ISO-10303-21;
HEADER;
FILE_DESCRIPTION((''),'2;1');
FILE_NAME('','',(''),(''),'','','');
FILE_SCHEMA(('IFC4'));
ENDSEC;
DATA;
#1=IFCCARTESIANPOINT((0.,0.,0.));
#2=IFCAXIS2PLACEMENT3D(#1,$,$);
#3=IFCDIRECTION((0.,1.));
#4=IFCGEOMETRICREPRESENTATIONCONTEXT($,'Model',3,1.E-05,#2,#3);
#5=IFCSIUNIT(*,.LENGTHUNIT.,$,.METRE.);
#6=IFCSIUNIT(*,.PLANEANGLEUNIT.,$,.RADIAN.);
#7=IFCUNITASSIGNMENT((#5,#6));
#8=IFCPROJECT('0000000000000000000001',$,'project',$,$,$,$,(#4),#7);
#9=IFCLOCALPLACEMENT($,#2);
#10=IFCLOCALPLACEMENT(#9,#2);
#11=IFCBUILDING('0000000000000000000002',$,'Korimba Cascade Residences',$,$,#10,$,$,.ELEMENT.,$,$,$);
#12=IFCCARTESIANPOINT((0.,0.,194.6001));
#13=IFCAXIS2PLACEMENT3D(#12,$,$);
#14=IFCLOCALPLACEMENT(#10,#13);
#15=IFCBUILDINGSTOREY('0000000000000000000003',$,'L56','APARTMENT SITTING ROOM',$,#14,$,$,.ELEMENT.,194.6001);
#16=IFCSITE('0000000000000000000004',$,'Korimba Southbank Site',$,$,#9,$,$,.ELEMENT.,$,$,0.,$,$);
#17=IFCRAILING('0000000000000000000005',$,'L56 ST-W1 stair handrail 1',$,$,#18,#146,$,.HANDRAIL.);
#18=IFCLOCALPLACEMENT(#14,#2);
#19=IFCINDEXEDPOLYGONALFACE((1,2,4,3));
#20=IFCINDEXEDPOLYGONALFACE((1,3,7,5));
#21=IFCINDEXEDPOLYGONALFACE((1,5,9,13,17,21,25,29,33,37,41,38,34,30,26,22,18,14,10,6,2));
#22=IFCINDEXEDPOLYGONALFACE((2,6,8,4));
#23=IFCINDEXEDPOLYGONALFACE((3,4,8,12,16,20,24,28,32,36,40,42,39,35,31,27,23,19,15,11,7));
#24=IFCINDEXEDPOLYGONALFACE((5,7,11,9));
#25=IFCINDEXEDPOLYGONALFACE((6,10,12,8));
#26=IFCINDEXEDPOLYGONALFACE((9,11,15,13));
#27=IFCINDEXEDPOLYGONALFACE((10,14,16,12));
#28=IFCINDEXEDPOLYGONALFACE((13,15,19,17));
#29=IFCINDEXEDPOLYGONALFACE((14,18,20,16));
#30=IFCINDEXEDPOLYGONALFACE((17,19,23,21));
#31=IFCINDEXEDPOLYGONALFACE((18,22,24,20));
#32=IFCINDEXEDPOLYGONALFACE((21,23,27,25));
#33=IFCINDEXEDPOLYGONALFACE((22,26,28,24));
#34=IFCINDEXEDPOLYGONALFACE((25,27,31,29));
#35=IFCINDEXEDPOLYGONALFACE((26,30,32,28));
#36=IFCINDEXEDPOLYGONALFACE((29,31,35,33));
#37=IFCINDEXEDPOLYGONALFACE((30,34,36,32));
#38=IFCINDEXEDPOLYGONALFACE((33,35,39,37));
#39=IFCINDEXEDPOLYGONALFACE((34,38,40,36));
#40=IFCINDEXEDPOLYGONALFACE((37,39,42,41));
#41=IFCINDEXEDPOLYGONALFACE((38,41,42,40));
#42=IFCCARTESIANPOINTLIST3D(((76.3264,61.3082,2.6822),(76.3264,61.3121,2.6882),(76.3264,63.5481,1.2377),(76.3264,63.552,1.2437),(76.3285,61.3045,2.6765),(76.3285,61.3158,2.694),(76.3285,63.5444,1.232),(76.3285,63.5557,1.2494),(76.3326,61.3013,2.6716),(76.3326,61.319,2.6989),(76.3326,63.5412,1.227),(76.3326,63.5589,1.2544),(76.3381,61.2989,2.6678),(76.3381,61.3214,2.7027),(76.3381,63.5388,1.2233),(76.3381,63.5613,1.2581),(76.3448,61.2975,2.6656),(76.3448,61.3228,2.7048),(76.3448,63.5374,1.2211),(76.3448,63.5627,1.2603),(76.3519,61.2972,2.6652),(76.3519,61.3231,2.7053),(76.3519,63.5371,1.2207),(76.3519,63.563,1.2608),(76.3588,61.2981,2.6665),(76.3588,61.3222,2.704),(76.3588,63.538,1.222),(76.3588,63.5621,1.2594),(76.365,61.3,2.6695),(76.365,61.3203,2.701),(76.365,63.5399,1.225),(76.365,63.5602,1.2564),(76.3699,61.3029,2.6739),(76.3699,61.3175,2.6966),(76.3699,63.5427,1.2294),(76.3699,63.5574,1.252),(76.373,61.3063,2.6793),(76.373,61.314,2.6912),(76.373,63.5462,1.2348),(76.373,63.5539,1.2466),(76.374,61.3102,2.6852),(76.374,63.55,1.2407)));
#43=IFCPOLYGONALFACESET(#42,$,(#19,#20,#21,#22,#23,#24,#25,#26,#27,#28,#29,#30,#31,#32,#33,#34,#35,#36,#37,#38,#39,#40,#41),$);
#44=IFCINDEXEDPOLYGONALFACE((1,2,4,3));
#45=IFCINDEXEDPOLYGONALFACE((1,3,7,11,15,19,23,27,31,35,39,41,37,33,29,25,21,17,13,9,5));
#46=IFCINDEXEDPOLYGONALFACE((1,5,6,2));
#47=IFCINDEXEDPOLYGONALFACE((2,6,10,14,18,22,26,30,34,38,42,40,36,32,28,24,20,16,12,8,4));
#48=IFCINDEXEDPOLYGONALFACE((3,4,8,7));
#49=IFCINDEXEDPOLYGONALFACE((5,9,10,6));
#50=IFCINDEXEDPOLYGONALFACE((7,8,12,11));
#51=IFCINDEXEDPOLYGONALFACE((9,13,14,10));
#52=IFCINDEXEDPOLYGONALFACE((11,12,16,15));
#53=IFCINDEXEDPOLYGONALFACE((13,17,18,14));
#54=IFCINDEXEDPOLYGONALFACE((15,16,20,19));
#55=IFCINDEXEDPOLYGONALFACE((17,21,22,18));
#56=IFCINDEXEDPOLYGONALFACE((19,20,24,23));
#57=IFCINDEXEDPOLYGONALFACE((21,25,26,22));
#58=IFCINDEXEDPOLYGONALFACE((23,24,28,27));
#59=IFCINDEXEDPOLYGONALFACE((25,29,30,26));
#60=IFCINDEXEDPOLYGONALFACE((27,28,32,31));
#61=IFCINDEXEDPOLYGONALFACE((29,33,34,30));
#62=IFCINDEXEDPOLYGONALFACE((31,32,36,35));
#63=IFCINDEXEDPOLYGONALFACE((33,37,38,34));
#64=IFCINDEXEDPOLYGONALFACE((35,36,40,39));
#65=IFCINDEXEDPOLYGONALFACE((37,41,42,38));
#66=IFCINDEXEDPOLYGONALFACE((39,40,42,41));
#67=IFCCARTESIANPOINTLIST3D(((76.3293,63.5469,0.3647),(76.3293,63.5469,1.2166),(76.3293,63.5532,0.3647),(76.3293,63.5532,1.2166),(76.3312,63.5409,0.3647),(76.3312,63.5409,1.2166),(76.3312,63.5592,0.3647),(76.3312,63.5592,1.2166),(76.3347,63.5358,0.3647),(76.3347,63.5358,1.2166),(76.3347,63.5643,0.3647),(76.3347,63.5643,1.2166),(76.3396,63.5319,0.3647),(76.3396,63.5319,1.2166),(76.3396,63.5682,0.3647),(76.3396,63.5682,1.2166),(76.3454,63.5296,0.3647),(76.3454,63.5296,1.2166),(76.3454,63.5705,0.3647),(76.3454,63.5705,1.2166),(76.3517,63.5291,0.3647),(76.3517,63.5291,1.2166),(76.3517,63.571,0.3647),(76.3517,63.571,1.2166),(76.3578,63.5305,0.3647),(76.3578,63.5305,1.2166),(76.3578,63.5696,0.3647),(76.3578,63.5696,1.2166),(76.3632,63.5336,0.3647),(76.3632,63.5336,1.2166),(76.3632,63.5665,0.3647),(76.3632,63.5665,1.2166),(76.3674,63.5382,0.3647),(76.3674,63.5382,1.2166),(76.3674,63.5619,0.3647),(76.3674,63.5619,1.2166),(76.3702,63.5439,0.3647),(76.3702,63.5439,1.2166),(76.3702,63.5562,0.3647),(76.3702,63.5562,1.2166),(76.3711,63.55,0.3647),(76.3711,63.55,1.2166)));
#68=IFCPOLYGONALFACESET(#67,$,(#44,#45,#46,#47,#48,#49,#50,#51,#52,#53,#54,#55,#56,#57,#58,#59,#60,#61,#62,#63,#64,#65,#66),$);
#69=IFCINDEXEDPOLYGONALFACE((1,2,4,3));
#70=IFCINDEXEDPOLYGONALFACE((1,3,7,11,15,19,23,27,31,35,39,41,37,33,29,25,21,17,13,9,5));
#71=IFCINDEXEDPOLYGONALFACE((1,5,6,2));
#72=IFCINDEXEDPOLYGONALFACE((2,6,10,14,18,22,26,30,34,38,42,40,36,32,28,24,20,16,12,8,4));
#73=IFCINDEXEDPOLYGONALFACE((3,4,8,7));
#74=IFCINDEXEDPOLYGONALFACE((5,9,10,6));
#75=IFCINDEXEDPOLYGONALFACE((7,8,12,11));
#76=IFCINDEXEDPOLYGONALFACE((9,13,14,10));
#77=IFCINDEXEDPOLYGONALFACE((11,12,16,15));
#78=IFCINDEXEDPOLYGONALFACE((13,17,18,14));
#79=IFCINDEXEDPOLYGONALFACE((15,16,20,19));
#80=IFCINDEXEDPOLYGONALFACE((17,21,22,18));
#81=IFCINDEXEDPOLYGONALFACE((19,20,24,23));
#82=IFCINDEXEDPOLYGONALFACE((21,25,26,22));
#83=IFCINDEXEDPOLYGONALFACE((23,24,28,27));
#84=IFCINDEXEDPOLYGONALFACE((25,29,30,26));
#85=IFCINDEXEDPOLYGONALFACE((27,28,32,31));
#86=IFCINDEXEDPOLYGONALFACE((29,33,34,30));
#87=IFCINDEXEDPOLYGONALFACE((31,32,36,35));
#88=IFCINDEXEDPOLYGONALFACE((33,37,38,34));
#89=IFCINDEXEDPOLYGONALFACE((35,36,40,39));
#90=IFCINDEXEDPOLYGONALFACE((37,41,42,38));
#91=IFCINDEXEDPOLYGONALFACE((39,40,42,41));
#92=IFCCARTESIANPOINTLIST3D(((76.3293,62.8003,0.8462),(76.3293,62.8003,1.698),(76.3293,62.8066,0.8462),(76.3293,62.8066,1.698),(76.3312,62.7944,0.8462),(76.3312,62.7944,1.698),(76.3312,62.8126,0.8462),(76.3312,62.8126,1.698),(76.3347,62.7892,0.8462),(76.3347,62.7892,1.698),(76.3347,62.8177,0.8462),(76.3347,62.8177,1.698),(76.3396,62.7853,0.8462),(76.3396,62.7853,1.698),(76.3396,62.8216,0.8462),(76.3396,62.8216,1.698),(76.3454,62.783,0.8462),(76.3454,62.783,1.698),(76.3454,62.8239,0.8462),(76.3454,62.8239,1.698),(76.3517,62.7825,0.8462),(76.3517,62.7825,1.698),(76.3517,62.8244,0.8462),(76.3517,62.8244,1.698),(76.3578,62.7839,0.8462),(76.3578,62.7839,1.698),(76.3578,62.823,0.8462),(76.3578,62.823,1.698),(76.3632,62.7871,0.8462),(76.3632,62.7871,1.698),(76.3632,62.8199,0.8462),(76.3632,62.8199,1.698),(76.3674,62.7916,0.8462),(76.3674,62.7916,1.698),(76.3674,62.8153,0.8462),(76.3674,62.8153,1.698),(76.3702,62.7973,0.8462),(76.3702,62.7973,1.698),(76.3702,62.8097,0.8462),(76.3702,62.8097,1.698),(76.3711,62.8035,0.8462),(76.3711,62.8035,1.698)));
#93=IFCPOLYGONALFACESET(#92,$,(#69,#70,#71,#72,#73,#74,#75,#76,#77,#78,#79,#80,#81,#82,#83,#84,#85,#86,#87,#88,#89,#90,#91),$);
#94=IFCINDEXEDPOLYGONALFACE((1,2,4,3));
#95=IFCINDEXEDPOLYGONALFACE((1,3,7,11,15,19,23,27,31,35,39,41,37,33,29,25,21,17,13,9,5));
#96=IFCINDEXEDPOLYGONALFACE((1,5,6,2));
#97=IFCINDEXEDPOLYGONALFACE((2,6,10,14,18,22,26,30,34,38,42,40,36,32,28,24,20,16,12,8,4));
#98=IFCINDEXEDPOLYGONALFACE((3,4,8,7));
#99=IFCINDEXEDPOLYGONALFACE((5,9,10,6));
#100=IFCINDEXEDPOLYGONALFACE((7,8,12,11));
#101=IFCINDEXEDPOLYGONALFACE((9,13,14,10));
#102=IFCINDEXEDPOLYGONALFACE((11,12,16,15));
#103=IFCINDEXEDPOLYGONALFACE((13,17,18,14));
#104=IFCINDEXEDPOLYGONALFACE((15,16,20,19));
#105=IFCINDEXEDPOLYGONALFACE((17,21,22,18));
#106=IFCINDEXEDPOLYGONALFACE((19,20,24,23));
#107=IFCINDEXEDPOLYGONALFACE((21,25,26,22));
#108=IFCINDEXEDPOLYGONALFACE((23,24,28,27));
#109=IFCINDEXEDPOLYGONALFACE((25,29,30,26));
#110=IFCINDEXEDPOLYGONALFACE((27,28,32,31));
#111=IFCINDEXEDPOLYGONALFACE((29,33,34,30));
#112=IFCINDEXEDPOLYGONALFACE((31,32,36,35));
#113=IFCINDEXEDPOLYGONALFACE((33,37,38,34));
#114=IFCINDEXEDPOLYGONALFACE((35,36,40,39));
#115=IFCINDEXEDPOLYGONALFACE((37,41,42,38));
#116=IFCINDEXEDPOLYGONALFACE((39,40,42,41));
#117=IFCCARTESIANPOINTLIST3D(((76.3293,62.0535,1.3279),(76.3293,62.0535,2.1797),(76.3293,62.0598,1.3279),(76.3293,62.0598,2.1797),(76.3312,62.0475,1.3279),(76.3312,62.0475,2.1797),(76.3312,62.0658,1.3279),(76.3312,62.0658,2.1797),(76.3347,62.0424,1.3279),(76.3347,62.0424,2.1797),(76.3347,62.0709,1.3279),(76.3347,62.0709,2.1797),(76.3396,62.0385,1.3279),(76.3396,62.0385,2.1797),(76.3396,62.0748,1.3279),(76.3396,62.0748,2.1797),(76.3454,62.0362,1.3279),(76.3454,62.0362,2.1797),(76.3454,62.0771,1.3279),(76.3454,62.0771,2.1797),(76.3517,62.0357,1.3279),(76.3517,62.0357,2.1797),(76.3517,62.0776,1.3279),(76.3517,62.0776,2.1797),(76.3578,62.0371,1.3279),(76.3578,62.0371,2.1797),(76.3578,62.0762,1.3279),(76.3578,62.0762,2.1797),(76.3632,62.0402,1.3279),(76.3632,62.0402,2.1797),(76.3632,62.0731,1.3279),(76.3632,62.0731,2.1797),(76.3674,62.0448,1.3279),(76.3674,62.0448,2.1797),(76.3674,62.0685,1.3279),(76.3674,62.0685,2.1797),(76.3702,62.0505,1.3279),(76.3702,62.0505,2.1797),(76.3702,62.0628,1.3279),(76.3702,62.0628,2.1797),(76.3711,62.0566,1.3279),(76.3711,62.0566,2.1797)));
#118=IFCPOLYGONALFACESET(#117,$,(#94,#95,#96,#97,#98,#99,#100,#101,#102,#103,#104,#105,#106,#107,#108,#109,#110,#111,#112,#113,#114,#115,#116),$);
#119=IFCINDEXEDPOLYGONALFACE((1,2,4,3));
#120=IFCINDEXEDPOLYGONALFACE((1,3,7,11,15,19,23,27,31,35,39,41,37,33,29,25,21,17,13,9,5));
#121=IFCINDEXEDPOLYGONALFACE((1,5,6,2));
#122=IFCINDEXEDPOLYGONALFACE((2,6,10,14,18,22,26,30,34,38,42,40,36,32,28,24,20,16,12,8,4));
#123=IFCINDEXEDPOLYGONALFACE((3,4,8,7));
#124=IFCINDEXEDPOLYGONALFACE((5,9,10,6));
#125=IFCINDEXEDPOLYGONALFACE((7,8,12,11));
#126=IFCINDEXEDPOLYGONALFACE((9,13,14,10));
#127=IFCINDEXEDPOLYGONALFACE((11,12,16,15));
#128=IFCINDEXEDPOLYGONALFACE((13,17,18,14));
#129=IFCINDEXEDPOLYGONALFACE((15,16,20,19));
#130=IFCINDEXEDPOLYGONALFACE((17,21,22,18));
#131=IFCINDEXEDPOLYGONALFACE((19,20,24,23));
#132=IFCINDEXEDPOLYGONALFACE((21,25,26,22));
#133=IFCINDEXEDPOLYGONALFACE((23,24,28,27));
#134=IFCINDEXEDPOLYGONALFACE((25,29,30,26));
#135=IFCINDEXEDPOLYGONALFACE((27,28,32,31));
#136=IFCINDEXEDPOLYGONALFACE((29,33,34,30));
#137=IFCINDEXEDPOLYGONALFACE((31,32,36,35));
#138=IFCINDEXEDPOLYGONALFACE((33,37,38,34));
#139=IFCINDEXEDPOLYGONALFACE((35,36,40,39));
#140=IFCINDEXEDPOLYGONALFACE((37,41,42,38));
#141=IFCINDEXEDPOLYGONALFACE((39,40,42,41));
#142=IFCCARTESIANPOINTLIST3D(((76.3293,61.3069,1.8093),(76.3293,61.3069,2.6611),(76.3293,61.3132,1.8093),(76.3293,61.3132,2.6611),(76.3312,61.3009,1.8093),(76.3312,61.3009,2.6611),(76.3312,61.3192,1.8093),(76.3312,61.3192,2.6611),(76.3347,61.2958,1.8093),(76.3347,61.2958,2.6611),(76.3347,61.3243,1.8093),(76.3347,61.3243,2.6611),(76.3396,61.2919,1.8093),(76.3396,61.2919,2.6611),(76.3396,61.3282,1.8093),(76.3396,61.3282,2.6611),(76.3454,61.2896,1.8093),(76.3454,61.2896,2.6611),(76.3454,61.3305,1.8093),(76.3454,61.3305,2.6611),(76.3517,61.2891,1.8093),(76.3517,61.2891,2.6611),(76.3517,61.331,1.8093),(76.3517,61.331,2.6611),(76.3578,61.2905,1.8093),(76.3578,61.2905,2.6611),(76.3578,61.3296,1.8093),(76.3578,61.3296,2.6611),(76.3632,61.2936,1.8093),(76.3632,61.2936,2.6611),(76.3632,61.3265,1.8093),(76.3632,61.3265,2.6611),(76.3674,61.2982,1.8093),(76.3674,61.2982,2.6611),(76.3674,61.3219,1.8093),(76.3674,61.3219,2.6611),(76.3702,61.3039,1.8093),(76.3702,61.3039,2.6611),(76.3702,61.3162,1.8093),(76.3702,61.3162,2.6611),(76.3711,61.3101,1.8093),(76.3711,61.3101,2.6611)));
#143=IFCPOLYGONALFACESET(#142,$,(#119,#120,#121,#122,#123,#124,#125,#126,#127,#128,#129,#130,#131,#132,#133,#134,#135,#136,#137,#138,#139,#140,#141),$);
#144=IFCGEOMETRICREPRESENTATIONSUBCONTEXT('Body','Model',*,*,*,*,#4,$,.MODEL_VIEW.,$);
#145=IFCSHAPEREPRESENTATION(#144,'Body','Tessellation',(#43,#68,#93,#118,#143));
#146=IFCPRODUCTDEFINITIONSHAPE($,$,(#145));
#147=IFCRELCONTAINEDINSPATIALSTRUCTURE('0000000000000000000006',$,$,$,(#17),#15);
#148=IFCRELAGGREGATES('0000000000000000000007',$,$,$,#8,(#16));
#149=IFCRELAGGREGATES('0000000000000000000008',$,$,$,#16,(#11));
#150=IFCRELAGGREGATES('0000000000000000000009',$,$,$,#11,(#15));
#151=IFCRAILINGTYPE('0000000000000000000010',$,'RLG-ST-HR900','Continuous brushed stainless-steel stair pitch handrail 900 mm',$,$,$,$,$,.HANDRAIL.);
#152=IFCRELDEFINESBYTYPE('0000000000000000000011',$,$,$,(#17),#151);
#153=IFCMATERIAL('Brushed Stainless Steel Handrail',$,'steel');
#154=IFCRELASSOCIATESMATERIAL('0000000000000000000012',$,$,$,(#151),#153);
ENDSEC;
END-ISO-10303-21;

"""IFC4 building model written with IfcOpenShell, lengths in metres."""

from ifc_helpers import new_model, si_unit, direction, frame, origin, origin_2d, place, context, subcontext, project, spatial, circle, extrude, material, type_object, element, save


model = new_model("IFC4")

# Units and contexts
model_context = context("Model", 3, precision=1e-05, world=origin(), true_north=direction((0.0, 1.0)))
body_context = subcontext(model_context, "Body", "Model", "MODEL_VIEW")
ifc_project = project(units=[si_unit("LENGTHUNIT", "METRE"), si_unit("PLANEANGLEUNIT", "RADIAN")], contexts=[model_context])

# Site, building, storey
site_placement = place(None, origin())
site = spatial("IfcSite", under=ifc_project, at=site_placement, Name="Korimba Southbank Site", CompositionType="ELEMENT", RefElevation=0.0)
building_placement = place(site_placement, origin())
building = spatial("IfcBuilding", under=site, at=building_placement, Name="Korimba Cascade Residences", CompositionType="ELEMENT")
storey_placement = place(building_placement, frame((0.0, 0.0, 194.6001)))
storey = spatial("IfcBuildingStorey", under=building, at=storey_placement, Name="L56", Description="APARTMENT SITTING ROOM", CompositionType="ELEMENT", Elevation=194.6001)

# Railing
ifc_material_1 = material(Name="Brushed Stainless Steel Handrail", Category="steel")
railing_type_1 = type_object("IfcRailingType", Name="RLG-ST-HR900", Description="Continuous brushed stainless-steel stair pitch handrail 900 mm", PredefinedType="HANDRAIL", material=ifc_material_1)
railing_1_placement = place(storey_placement, frame((76.3501, 63.55, 0.3647)))
element("IfcRailing", 1, at=railing_1_placement, inside=storey, type_object=railing_type_1, Name="L56 ST-W1 stair handrail 1", PredefinedType="HANDRAIL", context=body_context, shape_type="SweptSolid", body=[
    extrude(circle(Radius=0.0239, at=origin_2d()), frame((0.0, 0.0, 0.876), z_axis=(0.0, -0.840395, 0.541975), x_axis=(1.0, 0.0, 0.0)), (0.0, 0.0, 1.0), 2.6653),
    extrude(circle(Radius=0.021, at=origin_2d()), origin(), (0.0, 0.0, 1.0), 0.8518),
    extrude(circle(Radius=0.021, at=origin_2d()), frame((0.0, -0.7466, 0.4814)), (0.0, 0.0, 1.0), 0.8518),
    extrude(circle(Radius=0.021, at=origin_2d()), frame((0.0, -1.4934, 0.9631)), (0.0, 0.0, 1.0), 0.8518),
    extrude(circle(Radius=0.021, at=origin_2d()), frame((0.0, -2.24, 1.4446)), (0.0, 0.0, 1.0), 0.8518),
])

save(model, "model.ifc")
